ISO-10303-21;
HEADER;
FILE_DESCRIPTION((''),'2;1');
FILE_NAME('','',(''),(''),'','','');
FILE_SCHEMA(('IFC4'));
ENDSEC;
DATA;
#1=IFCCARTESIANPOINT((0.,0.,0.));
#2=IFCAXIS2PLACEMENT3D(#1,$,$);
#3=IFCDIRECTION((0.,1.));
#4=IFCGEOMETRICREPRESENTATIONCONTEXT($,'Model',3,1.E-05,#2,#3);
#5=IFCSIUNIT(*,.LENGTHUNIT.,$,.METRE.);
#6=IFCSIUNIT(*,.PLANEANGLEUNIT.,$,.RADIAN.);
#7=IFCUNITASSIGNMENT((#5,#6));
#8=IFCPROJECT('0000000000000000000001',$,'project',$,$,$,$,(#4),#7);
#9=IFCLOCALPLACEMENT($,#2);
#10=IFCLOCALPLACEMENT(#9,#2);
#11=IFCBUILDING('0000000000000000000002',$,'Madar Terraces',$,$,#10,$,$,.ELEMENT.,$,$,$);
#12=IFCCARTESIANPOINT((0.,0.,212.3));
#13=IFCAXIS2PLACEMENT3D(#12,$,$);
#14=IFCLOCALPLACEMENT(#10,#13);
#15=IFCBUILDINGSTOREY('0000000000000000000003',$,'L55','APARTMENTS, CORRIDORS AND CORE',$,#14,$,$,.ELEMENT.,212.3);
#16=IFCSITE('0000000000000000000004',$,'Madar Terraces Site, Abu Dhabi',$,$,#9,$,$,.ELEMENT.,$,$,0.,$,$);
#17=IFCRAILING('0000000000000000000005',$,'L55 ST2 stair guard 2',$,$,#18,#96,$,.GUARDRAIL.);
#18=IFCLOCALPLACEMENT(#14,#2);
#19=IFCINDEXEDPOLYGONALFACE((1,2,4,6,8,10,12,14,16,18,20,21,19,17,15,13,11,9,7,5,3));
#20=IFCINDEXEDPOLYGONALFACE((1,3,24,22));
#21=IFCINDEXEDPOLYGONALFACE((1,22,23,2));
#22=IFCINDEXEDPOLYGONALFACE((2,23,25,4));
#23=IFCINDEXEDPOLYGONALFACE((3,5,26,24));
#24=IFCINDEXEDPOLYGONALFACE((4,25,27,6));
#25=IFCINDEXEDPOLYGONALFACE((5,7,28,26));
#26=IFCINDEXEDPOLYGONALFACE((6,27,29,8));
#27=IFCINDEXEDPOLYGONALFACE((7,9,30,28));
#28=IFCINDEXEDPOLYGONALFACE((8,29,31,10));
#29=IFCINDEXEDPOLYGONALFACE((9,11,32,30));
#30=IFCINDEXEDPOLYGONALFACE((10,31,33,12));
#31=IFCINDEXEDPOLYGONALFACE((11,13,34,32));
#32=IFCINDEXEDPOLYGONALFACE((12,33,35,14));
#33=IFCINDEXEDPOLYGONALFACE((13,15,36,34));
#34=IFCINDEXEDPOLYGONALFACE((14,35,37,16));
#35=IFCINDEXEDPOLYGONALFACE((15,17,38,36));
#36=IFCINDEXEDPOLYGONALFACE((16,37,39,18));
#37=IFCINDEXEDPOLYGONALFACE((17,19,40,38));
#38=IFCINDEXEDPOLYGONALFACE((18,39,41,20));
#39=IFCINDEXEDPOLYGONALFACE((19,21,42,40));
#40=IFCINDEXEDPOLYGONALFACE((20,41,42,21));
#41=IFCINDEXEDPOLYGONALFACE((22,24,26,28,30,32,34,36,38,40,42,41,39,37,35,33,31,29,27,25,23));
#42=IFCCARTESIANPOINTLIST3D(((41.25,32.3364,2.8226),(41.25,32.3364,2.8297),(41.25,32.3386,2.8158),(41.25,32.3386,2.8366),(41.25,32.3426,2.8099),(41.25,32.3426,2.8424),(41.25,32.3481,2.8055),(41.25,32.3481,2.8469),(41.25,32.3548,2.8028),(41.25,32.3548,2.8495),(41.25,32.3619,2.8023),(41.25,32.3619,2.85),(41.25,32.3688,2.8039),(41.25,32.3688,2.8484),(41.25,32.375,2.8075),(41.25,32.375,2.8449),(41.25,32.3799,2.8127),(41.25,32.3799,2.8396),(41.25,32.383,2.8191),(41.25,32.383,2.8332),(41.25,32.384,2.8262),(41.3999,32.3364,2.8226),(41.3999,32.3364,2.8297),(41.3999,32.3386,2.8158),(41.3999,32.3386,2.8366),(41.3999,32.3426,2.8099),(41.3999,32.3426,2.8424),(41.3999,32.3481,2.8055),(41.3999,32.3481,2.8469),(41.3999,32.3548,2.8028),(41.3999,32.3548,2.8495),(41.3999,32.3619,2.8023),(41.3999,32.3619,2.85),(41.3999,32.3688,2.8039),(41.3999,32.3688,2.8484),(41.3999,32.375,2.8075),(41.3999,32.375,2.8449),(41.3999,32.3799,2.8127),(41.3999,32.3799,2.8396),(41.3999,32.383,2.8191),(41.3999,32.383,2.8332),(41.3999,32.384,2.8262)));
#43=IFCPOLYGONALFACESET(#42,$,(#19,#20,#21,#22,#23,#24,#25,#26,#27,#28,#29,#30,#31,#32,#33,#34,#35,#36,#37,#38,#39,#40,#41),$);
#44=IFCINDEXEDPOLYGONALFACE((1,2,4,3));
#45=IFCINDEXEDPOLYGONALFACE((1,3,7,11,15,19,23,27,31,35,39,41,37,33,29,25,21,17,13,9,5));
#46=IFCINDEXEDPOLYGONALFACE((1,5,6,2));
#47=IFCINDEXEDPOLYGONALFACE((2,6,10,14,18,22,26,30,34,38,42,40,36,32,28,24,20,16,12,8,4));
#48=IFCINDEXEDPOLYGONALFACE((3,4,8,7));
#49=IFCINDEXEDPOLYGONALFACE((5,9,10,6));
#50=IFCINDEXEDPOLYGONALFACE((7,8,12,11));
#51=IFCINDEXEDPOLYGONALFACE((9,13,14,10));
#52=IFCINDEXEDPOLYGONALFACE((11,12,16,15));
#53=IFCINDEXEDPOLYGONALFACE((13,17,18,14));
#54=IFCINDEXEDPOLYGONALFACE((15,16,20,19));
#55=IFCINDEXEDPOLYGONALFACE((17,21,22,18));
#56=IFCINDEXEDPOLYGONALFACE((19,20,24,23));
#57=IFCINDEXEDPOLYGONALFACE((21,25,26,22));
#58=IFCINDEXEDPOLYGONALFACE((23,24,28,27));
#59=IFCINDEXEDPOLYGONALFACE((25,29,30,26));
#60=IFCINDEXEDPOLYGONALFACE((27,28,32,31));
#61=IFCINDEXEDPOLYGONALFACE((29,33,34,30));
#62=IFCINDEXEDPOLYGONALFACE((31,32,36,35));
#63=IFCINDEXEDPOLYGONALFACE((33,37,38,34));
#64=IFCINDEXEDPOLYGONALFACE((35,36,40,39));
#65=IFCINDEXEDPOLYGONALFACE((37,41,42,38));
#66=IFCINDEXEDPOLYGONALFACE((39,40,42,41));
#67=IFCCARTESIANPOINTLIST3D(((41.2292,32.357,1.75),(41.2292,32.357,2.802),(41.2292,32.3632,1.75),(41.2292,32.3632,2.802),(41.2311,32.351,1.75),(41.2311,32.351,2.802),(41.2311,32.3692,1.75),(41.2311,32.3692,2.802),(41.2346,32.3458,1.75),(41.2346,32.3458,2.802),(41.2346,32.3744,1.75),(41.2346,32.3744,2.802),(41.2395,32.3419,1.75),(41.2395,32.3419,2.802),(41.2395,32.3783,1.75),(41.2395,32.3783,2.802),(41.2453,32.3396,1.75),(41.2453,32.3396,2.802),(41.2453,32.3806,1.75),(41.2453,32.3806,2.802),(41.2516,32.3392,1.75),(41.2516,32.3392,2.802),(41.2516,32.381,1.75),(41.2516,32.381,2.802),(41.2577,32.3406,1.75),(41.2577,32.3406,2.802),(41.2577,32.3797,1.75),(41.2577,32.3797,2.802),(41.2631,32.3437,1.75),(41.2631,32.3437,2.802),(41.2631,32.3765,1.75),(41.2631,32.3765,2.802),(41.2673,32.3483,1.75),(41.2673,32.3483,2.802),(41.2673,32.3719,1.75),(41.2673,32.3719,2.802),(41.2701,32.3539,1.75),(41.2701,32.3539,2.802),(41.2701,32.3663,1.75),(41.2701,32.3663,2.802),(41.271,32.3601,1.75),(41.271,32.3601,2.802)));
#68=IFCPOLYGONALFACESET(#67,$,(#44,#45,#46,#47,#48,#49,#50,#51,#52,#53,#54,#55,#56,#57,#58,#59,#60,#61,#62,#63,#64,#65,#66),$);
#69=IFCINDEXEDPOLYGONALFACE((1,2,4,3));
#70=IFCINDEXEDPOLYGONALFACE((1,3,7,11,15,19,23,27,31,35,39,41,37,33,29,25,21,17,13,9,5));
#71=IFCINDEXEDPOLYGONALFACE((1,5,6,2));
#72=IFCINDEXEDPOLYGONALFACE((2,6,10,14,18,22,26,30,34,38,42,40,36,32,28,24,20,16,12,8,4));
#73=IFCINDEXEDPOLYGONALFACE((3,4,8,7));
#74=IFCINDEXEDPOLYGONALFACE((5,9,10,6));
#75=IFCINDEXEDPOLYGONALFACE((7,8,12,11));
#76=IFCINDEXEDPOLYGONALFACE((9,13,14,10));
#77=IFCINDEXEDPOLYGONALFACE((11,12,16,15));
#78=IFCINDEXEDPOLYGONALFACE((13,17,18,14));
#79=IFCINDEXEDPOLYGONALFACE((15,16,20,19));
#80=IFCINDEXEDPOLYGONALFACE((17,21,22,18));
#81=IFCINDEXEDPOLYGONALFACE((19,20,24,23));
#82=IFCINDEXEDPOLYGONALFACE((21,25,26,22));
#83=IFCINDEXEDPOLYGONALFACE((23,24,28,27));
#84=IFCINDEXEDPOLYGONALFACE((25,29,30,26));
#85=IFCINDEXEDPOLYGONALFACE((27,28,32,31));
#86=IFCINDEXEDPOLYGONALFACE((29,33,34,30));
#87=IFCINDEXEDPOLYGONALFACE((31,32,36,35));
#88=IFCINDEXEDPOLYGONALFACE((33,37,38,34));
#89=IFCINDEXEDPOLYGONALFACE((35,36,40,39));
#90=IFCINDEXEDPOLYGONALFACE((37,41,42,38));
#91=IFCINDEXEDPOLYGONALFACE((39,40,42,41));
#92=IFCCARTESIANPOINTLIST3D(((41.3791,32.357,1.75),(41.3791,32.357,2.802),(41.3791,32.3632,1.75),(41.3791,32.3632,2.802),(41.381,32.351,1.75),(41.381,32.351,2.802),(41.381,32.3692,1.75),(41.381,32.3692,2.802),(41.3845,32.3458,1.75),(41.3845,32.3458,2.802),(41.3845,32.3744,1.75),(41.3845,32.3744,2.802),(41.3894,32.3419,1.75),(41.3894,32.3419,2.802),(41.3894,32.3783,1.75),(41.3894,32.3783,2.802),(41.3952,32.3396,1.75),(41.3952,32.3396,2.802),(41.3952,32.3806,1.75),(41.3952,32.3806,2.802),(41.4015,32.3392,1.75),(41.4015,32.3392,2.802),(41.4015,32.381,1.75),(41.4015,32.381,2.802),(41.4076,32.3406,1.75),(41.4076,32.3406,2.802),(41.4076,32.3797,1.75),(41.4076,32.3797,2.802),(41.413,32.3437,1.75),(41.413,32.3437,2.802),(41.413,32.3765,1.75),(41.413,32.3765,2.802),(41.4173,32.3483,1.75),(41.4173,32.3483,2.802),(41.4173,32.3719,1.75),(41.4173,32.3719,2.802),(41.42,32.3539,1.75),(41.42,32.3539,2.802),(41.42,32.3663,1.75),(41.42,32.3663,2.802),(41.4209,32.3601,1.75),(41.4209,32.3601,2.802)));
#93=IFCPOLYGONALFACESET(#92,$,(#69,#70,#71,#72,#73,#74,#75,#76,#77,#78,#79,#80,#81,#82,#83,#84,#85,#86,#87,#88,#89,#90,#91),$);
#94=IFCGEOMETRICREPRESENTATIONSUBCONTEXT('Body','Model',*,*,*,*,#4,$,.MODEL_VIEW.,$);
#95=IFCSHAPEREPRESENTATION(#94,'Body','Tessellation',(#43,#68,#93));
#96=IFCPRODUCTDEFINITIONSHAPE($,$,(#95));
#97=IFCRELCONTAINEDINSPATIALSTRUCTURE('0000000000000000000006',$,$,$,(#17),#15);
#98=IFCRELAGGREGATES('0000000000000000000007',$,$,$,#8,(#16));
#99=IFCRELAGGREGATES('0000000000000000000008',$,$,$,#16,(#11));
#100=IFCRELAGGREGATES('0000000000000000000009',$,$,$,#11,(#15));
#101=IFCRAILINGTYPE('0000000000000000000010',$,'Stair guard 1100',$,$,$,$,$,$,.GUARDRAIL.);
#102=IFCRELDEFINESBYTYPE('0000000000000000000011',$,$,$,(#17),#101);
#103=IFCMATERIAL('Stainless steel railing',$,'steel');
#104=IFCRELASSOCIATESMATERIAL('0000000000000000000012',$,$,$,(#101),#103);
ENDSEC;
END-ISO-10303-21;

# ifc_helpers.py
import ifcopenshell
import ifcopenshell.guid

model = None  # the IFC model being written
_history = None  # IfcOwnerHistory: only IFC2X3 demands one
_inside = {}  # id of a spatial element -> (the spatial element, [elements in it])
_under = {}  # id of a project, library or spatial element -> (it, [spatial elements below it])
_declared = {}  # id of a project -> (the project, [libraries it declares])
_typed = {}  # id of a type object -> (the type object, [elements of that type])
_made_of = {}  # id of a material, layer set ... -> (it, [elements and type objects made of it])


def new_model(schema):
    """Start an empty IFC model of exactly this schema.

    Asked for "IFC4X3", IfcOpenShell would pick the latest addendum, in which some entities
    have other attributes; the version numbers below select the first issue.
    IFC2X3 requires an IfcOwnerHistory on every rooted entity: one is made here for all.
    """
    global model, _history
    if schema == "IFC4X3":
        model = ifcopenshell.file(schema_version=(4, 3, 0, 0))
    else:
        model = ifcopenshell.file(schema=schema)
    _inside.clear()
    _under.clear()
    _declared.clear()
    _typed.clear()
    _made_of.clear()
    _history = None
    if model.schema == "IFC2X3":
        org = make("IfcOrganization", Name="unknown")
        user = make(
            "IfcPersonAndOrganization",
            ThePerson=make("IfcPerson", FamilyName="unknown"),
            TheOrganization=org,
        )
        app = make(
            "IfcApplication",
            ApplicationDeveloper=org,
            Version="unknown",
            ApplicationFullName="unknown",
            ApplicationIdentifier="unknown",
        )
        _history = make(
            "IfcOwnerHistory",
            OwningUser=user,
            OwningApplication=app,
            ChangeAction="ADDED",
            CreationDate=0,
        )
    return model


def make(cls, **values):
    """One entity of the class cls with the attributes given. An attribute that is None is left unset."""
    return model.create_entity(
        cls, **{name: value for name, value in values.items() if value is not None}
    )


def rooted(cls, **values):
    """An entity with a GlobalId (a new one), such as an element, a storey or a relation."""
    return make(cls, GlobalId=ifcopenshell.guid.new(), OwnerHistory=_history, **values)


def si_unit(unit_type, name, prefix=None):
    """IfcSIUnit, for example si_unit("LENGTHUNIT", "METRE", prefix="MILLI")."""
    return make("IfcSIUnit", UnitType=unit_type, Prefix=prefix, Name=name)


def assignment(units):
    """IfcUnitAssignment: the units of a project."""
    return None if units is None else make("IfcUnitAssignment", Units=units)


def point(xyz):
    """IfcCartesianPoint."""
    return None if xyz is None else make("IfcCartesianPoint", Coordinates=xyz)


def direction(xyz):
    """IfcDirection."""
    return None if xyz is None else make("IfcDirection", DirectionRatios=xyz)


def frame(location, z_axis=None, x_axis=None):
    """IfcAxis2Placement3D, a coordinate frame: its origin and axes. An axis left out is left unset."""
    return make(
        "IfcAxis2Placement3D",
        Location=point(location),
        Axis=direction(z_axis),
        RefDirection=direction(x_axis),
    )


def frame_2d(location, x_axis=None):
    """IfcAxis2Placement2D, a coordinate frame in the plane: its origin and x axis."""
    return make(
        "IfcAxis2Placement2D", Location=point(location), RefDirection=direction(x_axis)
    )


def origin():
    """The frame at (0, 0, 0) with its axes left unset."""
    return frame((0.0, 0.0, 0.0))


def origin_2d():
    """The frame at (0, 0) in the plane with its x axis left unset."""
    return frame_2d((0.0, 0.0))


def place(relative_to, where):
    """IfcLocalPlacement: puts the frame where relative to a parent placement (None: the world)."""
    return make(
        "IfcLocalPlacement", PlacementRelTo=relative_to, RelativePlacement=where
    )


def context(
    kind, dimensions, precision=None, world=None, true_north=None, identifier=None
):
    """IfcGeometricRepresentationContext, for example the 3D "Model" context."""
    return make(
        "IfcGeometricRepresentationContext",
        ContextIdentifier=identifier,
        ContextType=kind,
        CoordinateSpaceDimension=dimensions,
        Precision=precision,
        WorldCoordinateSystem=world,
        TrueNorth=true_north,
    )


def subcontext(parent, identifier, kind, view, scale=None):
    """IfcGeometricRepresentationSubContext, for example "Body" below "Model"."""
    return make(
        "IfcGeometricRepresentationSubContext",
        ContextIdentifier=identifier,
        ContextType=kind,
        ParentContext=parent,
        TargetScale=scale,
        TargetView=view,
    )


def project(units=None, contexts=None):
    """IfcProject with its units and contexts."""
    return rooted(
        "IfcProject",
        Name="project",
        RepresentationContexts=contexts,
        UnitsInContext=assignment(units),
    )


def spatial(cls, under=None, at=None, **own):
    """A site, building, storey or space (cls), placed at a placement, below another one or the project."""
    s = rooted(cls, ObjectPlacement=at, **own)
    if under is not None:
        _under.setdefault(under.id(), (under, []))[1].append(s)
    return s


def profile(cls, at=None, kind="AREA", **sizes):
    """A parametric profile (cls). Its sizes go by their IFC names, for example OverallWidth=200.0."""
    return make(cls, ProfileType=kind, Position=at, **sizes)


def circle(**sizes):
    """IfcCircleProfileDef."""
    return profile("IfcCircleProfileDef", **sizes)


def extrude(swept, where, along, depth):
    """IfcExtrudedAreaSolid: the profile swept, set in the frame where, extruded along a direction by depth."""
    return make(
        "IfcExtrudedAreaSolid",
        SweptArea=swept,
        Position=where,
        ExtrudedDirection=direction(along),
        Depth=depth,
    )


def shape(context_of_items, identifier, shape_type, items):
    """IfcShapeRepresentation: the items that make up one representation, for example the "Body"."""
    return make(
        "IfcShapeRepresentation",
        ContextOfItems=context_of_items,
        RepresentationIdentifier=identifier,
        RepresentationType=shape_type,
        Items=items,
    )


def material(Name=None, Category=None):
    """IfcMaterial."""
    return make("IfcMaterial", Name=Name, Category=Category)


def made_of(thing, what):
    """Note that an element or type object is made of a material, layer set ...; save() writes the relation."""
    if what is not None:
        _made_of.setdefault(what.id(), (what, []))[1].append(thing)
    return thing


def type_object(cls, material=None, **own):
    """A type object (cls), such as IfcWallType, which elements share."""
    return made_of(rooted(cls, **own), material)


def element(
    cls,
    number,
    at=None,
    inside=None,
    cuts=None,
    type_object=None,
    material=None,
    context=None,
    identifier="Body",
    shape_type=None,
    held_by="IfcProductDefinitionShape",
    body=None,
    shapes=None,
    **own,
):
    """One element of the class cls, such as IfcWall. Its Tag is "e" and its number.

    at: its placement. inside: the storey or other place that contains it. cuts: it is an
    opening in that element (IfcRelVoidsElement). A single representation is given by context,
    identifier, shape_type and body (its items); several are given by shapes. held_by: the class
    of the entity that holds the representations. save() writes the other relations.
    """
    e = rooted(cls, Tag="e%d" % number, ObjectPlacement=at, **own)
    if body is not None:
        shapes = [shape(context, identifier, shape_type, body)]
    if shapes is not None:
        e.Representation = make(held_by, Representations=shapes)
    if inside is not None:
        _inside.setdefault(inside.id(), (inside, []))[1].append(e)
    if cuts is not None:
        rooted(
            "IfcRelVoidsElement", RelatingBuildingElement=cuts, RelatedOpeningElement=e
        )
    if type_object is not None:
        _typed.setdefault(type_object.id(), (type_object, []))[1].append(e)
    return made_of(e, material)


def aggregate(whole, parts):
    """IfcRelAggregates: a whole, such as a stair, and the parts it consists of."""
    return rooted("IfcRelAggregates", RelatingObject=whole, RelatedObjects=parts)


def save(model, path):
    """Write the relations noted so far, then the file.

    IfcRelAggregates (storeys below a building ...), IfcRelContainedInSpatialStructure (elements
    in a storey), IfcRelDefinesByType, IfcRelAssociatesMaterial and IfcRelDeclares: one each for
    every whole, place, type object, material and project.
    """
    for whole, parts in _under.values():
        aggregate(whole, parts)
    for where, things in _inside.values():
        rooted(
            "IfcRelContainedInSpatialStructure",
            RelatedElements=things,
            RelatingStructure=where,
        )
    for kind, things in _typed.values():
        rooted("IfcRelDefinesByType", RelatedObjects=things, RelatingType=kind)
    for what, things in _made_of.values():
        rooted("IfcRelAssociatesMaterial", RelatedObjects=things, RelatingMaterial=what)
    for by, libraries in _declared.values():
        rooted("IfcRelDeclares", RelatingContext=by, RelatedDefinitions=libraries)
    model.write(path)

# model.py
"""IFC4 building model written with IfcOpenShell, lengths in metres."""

from ifc_helpers import new_model, si_unit, direction, frame, origin, origin_2d, place, context, subcontext, project, spatial, circle, extrude, material, type_object, element, save


model = new_model("IFC4")

# Units and contexts
model_context = context("Model", 3, precision=1e-05, world=origin(), true_north=direction((0.0, 1.0)))
body_context = subcontext(model_context, "Body", "Model", "MODEL_VIEW")
ifc_project = project(units=[si_unit("LENGTHUNIT", "METRE"), si_unit("PLANEANGLEUNIT", "RADIAN")], contexts=[model_context])

# Site, building, storey
site_placement = place(None, origin())
site = spatial("IfcSite", under=ifc_project, at=site_placement, Name="Madar Terraces Site, Abu Dhabi", CompositionType="ELEMENT", RefElevation=0.0)
building_placement = place(site_placement, origin())
building = spatial("IfcBuilding", under=site, at=building_placement, Name="Madar Terraces", CompositionType="ELEMENT")
storey_placement = place(building_placement, frame((0.0, 0.0, 212.3)))
storey = spatial("IfcBuildingStorey", under=building, at=storey_placement, Name="L55", Description="APARTMENTS, CORRIDORS AND CORE", CompositionType="ELEMENT", Elevation=212.3)

# Railing
ifc_material_1 = material(Name="Stainless steel railing", Category="steel")
railing_type_1 = type_object("IfcRailingType", Name="Stair guard 1100", PredefinedType="GUARDRAIL", material=ifc_material_1)
railing_1_placement = place(storey_placement, frame((41.25, 32.3601, 1.75)))
element("IfcRailing", 1, at=railing_1_placement, inside=storey, type_object=railing_type_1, Name="L55 ST2 stair guard 2", PredefinedType="GUARDRAIL", context=body_context, shape_type="SweptSolid", body=[
    extrude(circle(Radius=0.0239, at=origin_2d()), frame((0.0, 0.0, 1.0762), z_axis=(1.0, 0.0, 0.0), x_axis=(0.0, 1.0, 0.0)), (0.0, 0.0, 1.0), 0.1499),
    extrude(circle(Radius=0.021, at=origin_2d()), origin(), (0.0, 0.0, 1.0), 1.052),
    extrude(circle(Radius=0.021, at=origin_2d()), frame((0.1499, 0.0, 0.0)), (0.0, 0.0, 1.0), 1.052),
])

save(model, "model.ifc")
